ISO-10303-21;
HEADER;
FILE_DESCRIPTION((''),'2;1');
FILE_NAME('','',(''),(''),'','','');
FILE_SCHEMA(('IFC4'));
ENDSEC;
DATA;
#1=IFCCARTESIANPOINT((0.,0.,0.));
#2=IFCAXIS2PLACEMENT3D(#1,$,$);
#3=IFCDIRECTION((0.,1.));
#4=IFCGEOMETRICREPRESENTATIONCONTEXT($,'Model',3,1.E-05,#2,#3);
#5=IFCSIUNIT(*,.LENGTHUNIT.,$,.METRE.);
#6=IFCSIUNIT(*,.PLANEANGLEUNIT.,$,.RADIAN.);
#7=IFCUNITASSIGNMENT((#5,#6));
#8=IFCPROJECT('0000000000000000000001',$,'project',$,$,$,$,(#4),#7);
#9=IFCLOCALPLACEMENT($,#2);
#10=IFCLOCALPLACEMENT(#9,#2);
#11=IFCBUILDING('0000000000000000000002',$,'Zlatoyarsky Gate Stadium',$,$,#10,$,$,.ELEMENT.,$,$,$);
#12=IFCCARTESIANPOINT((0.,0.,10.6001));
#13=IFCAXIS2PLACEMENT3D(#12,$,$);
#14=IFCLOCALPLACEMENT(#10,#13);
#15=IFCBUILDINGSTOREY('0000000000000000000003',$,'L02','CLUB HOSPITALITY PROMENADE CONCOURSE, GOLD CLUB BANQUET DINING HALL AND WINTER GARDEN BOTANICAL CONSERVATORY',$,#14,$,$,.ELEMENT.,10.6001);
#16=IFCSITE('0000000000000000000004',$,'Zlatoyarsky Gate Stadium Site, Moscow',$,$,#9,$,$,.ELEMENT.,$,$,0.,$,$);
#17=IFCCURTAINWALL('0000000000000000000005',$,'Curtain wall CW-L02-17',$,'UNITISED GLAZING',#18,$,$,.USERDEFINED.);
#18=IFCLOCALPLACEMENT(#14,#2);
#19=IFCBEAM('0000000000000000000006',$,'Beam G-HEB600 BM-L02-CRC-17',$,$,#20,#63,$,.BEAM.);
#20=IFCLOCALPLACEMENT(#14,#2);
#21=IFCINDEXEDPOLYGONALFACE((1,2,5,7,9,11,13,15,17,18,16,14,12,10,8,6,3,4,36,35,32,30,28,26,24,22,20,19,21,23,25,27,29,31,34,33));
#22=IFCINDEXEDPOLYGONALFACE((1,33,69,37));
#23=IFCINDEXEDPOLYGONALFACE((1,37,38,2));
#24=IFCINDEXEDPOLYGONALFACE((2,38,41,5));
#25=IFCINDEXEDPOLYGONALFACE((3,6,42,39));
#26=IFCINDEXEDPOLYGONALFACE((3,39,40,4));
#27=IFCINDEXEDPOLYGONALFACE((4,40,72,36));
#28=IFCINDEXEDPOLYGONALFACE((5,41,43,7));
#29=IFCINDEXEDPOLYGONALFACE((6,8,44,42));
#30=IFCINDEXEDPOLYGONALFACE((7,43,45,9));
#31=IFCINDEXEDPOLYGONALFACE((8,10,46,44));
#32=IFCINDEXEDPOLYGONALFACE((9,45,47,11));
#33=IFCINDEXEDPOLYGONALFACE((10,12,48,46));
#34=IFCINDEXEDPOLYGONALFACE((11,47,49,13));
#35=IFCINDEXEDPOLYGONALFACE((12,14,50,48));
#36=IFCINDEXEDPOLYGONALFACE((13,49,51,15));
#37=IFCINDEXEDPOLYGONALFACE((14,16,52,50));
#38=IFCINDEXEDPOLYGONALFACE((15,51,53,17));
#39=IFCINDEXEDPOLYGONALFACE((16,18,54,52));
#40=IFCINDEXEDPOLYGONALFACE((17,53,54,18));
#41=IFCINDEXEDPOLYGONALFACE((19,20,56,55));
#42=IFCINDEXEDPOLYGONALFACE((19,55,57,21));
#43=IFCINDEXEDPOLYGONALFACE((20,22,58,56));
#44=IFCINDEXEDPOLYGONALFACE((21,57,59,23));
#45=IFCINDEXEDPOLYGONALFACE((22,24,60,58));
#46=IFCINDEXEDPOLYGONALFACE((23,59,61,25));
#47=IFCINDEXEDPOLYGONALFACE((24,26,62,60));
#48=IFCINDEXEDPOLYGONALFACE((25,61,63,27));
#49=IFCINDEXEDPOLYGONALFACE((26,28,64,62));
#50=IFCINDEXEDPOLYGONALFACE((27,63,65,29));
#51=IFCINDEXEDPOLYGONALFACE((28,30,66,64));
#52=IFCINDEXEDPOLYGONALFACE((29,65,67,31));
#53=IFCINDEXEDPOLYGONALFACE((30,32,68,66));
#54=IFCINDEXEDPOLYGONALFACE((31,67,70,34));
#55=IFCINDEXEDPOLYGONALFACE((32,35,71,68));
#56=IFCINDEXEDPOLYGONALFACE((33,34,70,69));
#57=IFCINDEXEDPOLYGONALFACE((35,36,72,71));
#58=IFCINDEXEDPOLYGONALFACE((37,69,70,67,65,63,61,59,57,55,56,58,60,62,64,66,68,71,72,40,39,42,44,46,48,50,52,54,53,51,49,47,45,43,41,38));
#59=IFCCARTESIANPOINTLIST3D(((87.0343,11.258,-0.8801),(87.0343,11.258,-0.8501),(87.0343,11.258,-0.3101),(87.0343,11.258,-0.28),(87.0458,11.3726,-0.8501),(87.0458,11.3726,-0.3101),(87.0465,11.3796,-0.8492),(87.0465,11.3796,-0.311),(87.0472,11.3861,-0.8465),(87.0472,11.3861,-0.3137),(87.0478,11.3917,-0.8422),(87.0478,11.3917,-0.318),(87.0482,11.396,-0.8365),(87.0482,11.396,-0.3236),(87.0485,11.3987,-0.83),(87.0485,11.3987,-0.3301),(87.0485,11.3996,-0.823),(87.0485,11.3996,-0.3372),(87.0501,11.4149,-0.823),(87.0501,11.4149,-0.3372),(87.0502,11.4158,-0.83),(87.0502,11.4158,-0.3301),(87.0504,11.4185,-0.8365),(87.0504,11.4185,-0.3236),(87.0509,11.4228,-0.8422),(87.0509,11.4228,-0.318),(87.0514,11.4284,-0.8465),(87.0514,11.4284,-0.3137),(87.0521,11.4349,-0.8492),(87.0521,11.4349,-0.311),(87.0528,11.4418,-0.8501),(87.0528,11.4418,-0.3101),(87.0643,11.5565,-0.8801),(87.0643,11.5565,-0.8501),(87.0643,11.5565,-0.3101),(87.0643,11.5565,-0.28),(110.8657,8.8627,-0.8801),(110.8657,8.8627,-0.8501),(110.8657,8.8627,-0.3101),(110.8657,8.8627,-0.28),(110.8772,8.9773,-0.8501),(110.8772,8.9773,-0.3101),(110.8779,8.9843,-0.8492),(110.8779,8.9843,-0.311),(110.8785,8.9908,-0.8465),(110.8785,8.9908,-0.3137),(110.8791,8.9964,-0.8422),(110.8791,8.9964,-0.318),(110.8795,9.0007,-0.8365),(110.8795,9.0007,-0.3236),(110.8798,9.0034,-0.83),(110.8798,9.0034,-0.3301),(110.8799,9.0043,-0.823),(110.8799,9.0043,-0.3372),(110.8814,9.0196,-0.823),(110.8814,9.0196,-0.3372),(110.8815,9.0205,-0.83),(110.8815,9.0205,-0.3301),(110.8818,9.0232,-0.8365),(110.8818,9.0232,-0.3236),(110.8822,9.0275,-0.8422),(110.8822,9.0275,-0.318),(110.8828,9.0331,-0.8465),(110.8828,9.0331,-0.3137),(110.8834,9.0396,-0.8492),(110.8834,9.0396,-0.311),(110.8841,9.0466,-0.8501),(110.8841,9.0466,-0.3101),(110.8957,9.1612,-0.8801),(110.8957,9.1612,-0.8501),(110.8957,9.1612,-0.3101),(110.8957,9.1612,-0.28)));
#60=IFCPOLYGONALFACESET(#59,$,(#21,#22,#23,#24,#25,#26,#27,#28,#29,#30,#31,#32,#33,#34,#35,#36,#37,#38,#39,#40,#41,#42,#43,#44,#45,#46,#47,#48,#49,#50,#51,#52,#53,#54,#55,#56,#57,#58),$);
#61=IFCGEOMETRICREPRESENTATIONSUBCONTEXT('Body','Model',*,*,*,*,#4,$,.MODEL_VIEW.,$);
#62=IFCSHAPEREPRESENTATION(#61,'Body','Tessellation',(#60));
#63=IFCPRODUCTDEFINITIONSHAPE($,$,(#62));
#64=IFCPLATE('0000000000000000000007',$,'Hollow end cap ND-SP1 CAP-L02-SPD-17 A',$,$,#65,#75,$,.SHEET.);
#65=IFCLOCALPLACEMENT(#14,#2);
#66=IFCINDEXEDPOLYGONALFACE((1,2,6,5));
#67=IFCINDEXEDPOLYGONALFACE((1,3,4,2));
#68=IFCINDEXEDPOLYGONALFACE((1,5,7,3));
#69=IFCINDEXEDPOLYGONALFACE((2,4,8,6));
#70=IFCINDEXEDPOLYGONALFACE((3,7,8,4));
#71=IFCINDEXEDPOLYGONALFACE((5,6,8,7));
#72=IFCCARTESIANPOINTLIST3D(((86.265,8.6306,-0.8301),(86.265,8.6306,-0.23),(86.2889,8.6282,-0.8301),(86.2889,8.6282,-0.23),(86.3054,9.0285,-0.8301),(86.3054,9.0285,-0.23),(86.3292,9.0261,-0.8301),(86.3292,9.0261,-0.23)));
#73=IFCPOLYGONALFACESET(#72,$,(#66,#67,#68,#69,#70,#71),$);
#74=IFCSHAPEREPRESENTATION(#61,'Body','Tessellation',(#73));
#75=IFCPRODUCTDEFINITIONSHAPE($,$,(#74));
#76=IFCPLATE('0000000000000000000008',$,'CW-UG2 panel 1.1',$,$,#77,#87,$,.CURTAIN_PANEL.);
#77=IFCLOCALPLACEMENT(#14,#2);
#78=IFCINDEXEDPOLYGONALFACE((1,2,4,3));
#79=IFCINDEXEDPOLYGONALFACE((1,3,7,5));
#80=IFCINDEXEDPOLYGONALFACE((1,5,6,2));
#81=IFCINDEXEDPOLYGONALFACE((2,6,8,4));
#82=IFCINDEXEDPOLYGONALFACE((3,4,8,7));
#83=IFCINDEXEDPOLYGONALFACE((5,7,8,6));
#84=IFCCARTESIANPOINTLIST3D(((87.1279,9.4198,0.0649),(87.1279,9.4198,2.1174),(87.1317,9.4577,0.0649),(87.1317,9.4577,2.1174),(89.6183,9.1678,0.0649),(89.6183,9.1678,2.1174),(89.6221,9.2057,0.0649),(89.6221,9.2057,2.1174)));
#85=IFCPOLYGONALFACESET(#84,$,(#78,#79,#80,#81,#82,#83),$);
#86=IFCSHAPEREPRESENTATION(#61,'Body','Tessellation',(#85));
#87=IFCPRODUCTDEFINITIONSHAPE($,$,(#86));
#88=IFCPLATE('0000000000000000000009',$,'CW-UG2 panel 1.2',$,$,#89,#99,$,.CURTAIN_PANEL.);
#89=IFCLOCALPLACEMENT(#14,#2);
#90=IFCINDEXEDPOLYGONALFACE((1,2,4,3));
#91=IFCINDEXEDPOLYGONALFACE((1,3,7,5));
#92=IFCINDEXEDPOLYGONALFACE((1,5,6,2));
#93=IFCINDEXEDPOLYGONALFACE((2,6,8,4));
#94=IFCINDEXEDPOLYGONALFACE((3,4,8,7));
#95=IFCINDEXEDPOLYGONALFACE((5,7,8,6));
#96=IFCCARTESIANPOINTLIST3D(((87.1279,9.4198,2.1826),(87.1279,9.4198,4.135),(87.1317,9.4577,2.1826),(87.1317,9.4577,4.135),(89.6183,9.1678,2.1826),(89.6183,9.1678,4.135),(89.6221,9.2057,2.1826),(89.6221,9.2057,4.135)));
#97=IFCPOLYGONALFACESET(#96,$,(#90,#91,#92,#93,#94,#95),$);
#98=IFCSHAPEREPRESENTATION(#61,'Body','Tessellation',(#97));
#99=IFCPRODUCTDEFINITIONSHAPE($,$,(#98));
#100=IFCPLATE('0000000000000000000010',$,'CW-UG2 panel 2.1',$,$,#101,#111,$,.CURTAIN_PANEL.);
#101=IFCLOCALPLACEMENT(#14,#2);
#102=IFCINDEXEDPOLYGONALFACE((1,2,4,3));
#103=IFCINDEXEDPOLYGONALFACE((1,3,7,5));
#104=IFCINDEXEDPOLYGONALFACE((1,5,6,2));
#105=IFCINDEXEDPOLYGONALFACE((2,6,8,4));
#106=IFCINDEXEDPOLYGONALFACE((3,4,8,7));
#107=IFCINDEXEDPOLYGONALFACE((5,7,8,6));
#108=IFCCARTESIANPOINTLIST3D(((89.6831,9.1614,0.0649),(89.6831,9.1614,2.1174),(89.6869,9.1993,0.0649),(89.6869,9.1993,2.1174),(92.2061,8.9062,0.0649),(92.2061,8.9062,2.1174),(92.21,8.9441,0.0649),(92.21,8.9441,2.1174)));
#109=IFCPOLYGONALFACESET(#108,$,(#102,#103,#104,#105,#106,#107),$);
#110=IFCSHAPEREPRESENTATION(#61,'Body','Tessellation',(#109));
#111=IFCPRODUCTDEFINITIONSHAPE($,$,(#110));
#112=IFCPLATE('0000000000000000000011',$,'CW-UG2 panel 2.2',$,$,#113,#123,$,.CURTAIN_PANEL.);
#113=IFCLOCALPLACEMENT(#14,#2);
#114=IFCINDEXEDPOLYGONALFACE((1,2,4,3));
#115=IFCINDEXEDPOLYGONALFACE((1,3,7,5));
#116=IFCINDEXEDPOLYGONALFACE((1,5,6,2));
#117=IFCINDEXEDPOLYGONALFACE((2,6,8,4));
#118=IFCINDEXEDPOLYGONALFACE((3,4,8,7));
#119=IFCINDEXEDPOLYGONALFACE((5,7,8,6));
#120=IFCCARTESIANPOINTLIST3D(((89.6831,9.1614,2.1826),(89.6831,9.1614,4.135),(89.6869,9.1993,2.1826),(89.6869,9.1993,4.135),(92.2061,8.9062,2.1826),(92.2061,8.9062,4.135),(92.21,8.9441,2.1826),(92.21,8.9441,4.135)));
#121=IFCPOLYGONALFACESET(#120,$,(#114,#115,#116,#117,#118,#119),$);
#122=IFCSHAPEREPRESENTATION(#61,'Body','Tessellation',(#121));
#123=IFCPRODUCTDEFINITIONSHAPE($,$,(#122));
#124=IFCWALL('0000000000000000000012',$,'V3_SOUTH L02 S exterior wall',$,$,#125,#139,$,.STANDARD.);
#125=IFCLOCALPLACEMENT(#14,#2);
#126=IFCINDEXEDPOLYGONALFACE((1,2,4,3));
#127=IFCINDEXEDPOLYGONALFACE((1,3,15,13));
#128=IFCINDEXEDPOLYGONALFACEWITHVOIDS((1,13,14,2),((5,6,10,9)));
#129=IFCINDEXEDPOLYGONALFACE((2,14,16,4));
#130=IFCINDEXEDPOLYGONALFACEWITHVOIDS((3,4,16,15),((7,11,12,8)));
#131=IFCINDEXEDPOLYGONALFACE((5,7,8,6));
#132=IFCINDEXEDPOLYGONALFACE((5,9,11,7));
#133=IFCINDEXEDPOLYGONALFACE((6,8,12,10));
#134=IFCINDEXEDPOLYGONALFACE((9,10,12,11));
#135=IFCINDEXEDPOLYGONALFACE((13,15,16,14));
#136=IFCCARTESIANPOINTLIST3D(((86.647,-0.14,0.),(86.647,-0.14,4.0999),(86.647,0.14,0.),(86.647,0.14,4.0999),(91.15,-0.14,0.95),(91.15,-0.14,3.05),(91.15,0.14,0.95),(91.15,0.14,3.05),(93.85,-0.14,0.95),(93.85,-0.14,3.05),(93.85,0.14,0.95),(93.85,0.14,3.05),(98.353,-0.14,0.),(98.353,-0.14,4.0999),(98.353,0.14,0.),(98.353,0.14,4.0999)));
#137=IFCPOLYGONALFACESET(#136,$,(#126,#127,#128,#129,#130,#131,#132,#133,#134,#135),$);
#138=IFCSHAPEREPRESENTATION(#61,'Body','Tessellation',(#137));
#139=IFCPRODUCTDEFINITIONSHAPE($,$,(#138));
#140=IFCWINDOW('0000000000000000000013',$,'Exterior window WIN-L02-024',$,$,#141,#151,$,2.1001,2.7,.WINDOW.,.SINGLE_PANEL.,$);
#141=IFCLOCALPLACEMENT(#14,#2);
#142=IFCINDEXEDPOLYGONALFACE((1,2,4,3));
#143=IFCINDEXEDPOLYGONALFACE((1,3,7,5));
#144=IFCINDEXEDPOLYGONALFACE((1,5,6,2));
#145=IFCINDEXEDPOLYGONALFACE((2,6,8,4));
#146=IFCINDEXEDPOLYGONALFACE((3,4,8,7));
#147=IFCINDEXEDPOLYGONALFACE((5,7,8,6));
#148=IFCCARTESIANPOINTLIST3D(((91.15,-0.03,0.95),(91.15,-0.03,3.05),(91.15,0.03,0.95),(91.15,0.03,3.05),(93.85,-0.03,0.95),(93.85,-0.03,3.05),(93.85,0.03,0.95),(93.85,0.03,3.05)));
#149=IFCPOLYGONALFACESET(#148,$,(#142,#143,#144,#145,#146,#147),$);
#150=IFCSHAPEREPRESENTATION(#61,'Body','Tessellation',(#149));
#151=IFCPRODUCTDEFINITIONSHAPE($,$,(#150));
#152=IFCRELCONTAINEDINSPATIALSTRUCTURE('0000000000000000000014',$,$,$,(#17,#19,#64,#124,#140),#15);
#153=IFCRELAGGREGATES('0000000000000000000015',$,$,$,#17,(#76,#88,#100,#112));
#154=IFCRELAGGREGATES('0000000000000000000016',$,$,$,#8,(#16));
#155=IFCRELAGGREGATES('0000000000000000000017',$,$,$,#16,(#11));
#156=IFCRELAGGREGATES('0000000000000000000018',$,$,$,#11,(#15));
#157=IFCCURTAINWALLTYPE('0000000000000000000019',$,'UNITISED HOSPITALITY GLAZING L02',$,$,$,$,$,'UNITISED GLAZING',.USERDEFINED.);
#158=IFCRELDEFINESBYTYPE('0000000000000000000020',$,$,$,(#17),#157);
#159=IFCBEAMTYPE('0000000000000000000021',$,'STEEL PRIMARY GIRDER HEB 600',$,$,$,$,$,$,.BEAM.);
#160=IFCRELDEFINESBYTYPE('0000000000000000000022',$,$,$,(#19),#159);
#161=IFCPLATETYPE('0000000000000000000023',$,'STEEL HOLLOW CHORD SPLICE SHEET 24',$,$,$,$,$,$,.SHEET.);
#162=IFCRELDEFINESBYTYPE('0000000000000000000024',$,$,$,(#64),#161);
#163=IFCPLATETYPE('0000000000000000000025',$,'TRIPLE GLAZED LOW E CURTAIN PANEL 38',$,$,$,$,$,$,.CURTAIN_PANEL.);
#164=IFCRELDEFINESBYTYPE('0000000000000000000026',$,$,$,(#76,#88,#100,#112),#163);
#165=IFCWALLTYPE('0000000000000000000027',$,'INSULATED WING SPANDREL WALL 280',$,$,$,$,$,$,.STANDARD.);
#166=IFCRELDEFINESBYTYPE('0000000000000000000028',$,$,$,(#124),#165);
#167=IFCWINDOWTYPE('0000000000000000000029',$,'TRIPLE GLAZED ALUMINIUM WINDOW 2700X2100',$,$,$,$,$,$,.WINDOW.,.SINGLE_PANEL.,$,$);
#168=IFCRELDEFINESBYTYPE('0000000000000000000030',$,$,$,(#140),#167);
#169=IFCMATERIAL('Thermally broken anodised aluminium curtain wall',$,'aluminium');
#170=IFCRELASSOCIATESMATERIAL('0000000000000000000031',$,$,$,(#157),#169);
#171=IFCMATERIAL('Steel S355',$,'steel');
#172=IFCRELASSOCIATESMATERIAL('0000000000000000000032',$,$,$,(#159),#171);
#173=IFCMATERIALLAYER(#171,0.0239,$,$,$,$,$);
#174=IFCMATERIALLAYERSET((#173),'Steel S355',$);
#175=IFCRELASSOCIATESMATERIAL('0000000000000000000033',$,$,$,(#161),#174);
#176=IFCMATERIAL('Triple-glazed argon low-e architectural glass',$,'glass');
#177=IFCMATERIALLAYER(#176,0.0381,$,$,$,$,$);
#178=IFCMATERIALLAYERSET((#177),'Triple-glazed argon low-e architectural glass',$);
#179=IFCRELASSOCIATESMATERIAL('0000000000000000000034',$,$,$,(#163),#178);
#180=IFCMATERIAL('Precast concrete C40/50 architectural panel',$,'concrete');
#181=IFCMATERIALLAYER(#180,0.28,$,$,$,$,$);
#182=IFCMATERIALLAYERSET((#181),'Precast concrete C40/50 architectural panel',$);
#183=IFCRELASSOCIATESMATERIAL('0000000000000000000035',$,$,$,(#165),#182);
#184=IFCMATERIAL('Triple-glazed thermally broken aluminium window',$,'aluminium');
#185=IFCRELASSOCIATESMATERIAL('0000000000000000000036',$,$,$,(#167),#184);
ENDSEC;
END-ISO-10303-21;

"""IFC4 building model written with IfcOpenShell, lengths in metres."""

from ifc_helpers import new_model, si_unit, direction, frame, frame_2d, origin, origin_2d, place, context, subcontext, project, spatial, rectangle, i_section, extrude, material, layer, layer_set, material_profile, profile_set, type_object, element, fill, aggregate, save


model = new_model("IFC4")

# Units and contexts
model_context = context("Model", 3, precision=1e-05, world=origin(), true_north=direction((0.0, 1.0)))
body_context = subcontext(model_context, "Body", "Model", "MODEL_VIEW")
ifc_project = project(units=[si_unit("LENGTHUNIT", "METRE"), si_unit("PLANEANGLEUNIT", "RADIAN")], contexts=[model_context])

# Site, building, storey
site_placement = place(None, origin())
site = spatial("IfcSite", under=ifc_project, at=site_placement, Name="Zlatoyarsky Gate Stadium Site, Moscow", CompositionType="ELEMENT", RefElevation=0.0)
building_placement = place(site_placement, origin())
building = spatial("IfcBuilding", under=site, at=building_placement, Name="Zlatoyarsky Gate Stadium", CompositionType="ELEMENT")
storey_placement = place(building_placement, frame((0.0, 0.0, 10.6001)))
storey = spatial("IfcBuildingStorey", under=building, at=storey_placement, Name="L02", Description="CLUB HOSPITALITY PROMENADE CONCOURSE, GOLD CLUB BANQUET DINING HALL AND WINTER GARDEN BOTANICAL CONSERVATORY", CompositionType="ELEMENT", Elevation=10.6001)

# Shared definitions
ifc_material_1 = material(Name="Steel S355", Category="steel")

# Curtain wall
ifc_material_2 = material(Name="Thermally broken anodised aluminium curtain wall", Category="aluminium")
curtain_wall_type_1 = type_object("IfcCurtainWallType", Name="UNITISED HOSPITALITY GLAZING L02", ElementType="UNITISED GLAZING", PredefinedType="USERDEFINED", material=ifc_material_2)
curtain_wall_1_placement = place(storey_placement, origin())
curtain_wall_1 = element("IfcCurtainWall", 1, at=curtain_wall_1_placement, inside=storey, type_object=curtain_wall_type_1, Name="Curtain wall CW-L02-17", ObjectType="UNITISED GLAZING", PredefinedType="USERDEFINED")

# Beam
ifc_material_profile_1 = material_profile(ifc_material_1, i_section(OverallWidth=0.3, OverallDepth=0.6001, WebThickness=0.0154, FlangeThickness=0.03, FilletRadius=0.0271, at=origin_2d()), Name="HEB 600")
ifc_profile_set_1 = profile_set([ifc_material_profile_1], Name="Steel S355")
beam_type_1 = type_object("IfcBeamType", Name="STEEL PRIMARY GIRDER HEB 600", PredefinedType="BEAM", material=ifc_profile_set_1)
beam_1_placement = place(storey_placement, frame((87.0493, 11.4072, -0.5801), z_axis=(0.994987, -0.100005, 0.0), x_axis=(0.100005, 0.994987, 0.0)))
element("IfcBeam", 2, at=beam_1_placement, inside=storey, type_object=beam_type_1, Name="Beam G-HEB600 BM-L02-CRC-17", PredefinedType="BEAM", context=body_context, shape_type="SweptSolid", body=[
    extrude(i_section(OverallWidth=0.3, OverallDepth=0.6001, WebThickness=0.0154, FlangeThickness=0.03, FilletRadius=0.0271, at=origin_2d()), origin(), (0.0, 0.0, 1.0), 23.9514),
])

# Plates
ifc_layer_1 = layer(ifc_material_1, 0.0239)
ifc_layer_set_1 = layer_set([ifc_layer_1], Name="Steel S355")
plate_type_1 = type_object("IfcPlateType", Name="STEEL HOLLOW CHORD SPLICE SHEET 24", PredefinedType="SHEET", material=ifc_layer_set_1)
plate_1_placement = place(storey_placement, frame((86.2971, 8.8284, -0.8301), z_axis=(0.0, 0.0, 1.0), x_axis=(0.9949, -0.100861, 0.0)))
element("IfcPlate", 3, at=plate_1_placement, inside=storey, type_object=plate_type_1, Name="Hollow end cap ND-SP1 CAP-L02-SPD-17 A", PredefinedType="SHEET", context=body_context, shape_type="SweptSolid", body=[
    extrude(rectangle(XDim=0.0239, YDim=0.3999, at=origin_2d()), origin(), (0.0, 0.0, 1.0), 0.6001),
])
ifc_material_3 = material(Name="Triple-glazed argon low-e architectural glass", Category="glass")
ifc_layer_2 = layer(ifc_material_3, 0.0381)
ifc_layer_set_2 = layer_set([ifc_layer_2], Name="Triple-glazed argon low-e architectural glass")
plate_type_2 = type_object("IfcPlateType", Name="TRIPLE GLAZED LOW E CURTAIN PANEL 38", PredefinedType="CURTAIN_PANEL", material=ifc_layer_set_2)
plate_2_placement = place(storey_placement, frame((88.375, 9.3127, 0.0649), z_axis=(0.0, 0.0, 1.0), x_axis=(0.994922, -0.100645, 0.0)))
plate_2 = element("IfcPlate", 4, at=plate_2_placement, type_object=plate_type_2, Name="CW-UG2 panel 1.1", PredefinedType="CURTAIN_PANEL", context=body_context, shape_type="SweptSolid", body=[
    extrude(rectangle(XDim=2.5032, YDim=0.0381, at=origin_2d()), origin(), (0.0, 0.0, 1.0), 2.0525),
])
plate_3_placement = place(storey_placement, frame((88.375, 9.3127, 2.1826), z_axis=(0.0, 0.0, 1.0), x_axis=(0.994922, -0.100645, 0.0)))
plate_3 = element("IfcPlate", 5, at=plate_3_placement, type_object=plate_type_2, Name="CW-UG2 panel 1.2", PredefinedType="CURTAIN_PANEL", context=body_context, shape_type="SweptSolid", body=[
    extrude(rectangle(XDim=2.5032, YDim=0.0381, at=origin_2d()), origin(), (0.0, 0.0, 1.0), 1.9524),
])
plate_4_placement = place(storey_placement, frame((90.9465, 9.0527, 0.0649), z_axis=(0.0, 0.0, 1.0), x_axis=(0.994922, -0.100645, 0.0)))
plate_4 = element("IfcPlate", 6, at=plate_4_placement, type_object=plate_type_2, Name="CW-UG2 panel 2.1", PredefinedType="CURTAIN_PANEL", context=body_context, shape_type="SweptSolid", body=[
    extrude(rectangle(XDim=2.5359, YDim=0.0381, at=origin_2d()), origin(), (0.0, 0.0, 1.0), 2.0525),
])
plate_5_placement = place(storey_placement, frame((90.9465, 9.0527, 2.1826), z_axis=(0.0, 0.0, 1.0), x_axis=(0.994922, -0.100645, 0.0)))
plate_5 = element("IfcPlate", 7, at=plate_5_placement, type_object=plate_type_2, Name="CW-UG2 panel 2.2", PredefinedType="CURTAIN_PANEL", context=body_context, shape_type="SweptSolid", body=[
    extrude(rectangle(XDim=2.5359, YDim=0.0381, at=origin_2d()), origin(), (0.0, 0.0, 1.0), 1.9524),
])
aggregate(curtain_wall_1, [plate_2, plate_3, plate_4, plate_5])

# Wall, opening, window
ifc_material_4 = material(Name="Precast concrete C40/50 architectural panel", Category="concrete")
ifc_layer_3 = layer(ifc_material_4, 0.28)
ifc_layer_set_3 = layer_set([ifc_layer_3], Name="Precast concrete C40/50 architectural panel")
wall_type = type_object("IfcWallType", Name="INSULATED WING SPANDREL WALL 280", PredefinedType="STANDARD", material=ifc_layer_set_3)
wall_placement = place(storey_placement, frame((86.647, 0.0, 0.0), z_axis=(0.0, 0.0, 1.0), x_axis=(1.0, 0.0, 0.0)))
wall = element("IfcWall", 8, at=wall_placement, inside=storey, type_object=wall_type, Name="V3_SOUTH L02 S exterior wall", PredefinedType="STANDARD", context=body_context, shape_type="SweptSolid", body=[
    extrude(rectangle(XDim=11.7061, YDim=0.28, at=frame_2d((5.853, 0.0))), origin(), (0.0, 0.0, 1.0), 4.0999),
])
opening_placement = place(wall_placement, frame((4.5029, 0.0, 0.95)))
opening = element("IfcOpeningElement", 9, at=opening_placement, cuts=wall, PredefinedType="OPENING", context=body_context, shape_type="SweptSolid", body=[
    extrude(rectangle(XDim=2.7, YDim=2.1001, at=frame_2d((1.3501, 1.05))), frame((0.0, 0.1499, 0.0), z_axis=(0.0, -1.0, 0.0), x_axis=(1.0, 0.0, 0.0)), (0.0, 0.0, 1.0), 0.3),
])
ifc_material_5 = material(Name="Triple-glazed thermally broken aluminium window", Category="aluminium")
window_type = type_object("IfcWindowType", Name="TRIPLE GLAZED ALUMINIUM WINDOW 2700X2100", PartitioningType="SINGLE_PANEL", PredefinedType="WINDOW", material=ifc_material_5)
window_placement = place(opening_placement, origin())
window = element("IfcWindow", 10, at=window_placement, inside=storey, type_object=window_type, Name="Exterior window WIN-L02-024", OverallHeight=2.1001, OverallWidth=2.7, PartitioningType="SINGLE_PANEL", PredefinedType="WINDOW", context=body_context, shape_type="SweptSolid", body=[
    extrude(rectangle(XDim=2.7, YDim=2.1001, at=frame_2d((1.3501, 1.05))), frame((0.0, 0.03, 0.0), z_axis=(0.0, -1.0, 0.0), x_axis=(1.0, 0.0, 0.0)), (0.0, 0.0, 1.0), 0.0601),
])
fill(opening, window)

save(model, "model.ifc")
